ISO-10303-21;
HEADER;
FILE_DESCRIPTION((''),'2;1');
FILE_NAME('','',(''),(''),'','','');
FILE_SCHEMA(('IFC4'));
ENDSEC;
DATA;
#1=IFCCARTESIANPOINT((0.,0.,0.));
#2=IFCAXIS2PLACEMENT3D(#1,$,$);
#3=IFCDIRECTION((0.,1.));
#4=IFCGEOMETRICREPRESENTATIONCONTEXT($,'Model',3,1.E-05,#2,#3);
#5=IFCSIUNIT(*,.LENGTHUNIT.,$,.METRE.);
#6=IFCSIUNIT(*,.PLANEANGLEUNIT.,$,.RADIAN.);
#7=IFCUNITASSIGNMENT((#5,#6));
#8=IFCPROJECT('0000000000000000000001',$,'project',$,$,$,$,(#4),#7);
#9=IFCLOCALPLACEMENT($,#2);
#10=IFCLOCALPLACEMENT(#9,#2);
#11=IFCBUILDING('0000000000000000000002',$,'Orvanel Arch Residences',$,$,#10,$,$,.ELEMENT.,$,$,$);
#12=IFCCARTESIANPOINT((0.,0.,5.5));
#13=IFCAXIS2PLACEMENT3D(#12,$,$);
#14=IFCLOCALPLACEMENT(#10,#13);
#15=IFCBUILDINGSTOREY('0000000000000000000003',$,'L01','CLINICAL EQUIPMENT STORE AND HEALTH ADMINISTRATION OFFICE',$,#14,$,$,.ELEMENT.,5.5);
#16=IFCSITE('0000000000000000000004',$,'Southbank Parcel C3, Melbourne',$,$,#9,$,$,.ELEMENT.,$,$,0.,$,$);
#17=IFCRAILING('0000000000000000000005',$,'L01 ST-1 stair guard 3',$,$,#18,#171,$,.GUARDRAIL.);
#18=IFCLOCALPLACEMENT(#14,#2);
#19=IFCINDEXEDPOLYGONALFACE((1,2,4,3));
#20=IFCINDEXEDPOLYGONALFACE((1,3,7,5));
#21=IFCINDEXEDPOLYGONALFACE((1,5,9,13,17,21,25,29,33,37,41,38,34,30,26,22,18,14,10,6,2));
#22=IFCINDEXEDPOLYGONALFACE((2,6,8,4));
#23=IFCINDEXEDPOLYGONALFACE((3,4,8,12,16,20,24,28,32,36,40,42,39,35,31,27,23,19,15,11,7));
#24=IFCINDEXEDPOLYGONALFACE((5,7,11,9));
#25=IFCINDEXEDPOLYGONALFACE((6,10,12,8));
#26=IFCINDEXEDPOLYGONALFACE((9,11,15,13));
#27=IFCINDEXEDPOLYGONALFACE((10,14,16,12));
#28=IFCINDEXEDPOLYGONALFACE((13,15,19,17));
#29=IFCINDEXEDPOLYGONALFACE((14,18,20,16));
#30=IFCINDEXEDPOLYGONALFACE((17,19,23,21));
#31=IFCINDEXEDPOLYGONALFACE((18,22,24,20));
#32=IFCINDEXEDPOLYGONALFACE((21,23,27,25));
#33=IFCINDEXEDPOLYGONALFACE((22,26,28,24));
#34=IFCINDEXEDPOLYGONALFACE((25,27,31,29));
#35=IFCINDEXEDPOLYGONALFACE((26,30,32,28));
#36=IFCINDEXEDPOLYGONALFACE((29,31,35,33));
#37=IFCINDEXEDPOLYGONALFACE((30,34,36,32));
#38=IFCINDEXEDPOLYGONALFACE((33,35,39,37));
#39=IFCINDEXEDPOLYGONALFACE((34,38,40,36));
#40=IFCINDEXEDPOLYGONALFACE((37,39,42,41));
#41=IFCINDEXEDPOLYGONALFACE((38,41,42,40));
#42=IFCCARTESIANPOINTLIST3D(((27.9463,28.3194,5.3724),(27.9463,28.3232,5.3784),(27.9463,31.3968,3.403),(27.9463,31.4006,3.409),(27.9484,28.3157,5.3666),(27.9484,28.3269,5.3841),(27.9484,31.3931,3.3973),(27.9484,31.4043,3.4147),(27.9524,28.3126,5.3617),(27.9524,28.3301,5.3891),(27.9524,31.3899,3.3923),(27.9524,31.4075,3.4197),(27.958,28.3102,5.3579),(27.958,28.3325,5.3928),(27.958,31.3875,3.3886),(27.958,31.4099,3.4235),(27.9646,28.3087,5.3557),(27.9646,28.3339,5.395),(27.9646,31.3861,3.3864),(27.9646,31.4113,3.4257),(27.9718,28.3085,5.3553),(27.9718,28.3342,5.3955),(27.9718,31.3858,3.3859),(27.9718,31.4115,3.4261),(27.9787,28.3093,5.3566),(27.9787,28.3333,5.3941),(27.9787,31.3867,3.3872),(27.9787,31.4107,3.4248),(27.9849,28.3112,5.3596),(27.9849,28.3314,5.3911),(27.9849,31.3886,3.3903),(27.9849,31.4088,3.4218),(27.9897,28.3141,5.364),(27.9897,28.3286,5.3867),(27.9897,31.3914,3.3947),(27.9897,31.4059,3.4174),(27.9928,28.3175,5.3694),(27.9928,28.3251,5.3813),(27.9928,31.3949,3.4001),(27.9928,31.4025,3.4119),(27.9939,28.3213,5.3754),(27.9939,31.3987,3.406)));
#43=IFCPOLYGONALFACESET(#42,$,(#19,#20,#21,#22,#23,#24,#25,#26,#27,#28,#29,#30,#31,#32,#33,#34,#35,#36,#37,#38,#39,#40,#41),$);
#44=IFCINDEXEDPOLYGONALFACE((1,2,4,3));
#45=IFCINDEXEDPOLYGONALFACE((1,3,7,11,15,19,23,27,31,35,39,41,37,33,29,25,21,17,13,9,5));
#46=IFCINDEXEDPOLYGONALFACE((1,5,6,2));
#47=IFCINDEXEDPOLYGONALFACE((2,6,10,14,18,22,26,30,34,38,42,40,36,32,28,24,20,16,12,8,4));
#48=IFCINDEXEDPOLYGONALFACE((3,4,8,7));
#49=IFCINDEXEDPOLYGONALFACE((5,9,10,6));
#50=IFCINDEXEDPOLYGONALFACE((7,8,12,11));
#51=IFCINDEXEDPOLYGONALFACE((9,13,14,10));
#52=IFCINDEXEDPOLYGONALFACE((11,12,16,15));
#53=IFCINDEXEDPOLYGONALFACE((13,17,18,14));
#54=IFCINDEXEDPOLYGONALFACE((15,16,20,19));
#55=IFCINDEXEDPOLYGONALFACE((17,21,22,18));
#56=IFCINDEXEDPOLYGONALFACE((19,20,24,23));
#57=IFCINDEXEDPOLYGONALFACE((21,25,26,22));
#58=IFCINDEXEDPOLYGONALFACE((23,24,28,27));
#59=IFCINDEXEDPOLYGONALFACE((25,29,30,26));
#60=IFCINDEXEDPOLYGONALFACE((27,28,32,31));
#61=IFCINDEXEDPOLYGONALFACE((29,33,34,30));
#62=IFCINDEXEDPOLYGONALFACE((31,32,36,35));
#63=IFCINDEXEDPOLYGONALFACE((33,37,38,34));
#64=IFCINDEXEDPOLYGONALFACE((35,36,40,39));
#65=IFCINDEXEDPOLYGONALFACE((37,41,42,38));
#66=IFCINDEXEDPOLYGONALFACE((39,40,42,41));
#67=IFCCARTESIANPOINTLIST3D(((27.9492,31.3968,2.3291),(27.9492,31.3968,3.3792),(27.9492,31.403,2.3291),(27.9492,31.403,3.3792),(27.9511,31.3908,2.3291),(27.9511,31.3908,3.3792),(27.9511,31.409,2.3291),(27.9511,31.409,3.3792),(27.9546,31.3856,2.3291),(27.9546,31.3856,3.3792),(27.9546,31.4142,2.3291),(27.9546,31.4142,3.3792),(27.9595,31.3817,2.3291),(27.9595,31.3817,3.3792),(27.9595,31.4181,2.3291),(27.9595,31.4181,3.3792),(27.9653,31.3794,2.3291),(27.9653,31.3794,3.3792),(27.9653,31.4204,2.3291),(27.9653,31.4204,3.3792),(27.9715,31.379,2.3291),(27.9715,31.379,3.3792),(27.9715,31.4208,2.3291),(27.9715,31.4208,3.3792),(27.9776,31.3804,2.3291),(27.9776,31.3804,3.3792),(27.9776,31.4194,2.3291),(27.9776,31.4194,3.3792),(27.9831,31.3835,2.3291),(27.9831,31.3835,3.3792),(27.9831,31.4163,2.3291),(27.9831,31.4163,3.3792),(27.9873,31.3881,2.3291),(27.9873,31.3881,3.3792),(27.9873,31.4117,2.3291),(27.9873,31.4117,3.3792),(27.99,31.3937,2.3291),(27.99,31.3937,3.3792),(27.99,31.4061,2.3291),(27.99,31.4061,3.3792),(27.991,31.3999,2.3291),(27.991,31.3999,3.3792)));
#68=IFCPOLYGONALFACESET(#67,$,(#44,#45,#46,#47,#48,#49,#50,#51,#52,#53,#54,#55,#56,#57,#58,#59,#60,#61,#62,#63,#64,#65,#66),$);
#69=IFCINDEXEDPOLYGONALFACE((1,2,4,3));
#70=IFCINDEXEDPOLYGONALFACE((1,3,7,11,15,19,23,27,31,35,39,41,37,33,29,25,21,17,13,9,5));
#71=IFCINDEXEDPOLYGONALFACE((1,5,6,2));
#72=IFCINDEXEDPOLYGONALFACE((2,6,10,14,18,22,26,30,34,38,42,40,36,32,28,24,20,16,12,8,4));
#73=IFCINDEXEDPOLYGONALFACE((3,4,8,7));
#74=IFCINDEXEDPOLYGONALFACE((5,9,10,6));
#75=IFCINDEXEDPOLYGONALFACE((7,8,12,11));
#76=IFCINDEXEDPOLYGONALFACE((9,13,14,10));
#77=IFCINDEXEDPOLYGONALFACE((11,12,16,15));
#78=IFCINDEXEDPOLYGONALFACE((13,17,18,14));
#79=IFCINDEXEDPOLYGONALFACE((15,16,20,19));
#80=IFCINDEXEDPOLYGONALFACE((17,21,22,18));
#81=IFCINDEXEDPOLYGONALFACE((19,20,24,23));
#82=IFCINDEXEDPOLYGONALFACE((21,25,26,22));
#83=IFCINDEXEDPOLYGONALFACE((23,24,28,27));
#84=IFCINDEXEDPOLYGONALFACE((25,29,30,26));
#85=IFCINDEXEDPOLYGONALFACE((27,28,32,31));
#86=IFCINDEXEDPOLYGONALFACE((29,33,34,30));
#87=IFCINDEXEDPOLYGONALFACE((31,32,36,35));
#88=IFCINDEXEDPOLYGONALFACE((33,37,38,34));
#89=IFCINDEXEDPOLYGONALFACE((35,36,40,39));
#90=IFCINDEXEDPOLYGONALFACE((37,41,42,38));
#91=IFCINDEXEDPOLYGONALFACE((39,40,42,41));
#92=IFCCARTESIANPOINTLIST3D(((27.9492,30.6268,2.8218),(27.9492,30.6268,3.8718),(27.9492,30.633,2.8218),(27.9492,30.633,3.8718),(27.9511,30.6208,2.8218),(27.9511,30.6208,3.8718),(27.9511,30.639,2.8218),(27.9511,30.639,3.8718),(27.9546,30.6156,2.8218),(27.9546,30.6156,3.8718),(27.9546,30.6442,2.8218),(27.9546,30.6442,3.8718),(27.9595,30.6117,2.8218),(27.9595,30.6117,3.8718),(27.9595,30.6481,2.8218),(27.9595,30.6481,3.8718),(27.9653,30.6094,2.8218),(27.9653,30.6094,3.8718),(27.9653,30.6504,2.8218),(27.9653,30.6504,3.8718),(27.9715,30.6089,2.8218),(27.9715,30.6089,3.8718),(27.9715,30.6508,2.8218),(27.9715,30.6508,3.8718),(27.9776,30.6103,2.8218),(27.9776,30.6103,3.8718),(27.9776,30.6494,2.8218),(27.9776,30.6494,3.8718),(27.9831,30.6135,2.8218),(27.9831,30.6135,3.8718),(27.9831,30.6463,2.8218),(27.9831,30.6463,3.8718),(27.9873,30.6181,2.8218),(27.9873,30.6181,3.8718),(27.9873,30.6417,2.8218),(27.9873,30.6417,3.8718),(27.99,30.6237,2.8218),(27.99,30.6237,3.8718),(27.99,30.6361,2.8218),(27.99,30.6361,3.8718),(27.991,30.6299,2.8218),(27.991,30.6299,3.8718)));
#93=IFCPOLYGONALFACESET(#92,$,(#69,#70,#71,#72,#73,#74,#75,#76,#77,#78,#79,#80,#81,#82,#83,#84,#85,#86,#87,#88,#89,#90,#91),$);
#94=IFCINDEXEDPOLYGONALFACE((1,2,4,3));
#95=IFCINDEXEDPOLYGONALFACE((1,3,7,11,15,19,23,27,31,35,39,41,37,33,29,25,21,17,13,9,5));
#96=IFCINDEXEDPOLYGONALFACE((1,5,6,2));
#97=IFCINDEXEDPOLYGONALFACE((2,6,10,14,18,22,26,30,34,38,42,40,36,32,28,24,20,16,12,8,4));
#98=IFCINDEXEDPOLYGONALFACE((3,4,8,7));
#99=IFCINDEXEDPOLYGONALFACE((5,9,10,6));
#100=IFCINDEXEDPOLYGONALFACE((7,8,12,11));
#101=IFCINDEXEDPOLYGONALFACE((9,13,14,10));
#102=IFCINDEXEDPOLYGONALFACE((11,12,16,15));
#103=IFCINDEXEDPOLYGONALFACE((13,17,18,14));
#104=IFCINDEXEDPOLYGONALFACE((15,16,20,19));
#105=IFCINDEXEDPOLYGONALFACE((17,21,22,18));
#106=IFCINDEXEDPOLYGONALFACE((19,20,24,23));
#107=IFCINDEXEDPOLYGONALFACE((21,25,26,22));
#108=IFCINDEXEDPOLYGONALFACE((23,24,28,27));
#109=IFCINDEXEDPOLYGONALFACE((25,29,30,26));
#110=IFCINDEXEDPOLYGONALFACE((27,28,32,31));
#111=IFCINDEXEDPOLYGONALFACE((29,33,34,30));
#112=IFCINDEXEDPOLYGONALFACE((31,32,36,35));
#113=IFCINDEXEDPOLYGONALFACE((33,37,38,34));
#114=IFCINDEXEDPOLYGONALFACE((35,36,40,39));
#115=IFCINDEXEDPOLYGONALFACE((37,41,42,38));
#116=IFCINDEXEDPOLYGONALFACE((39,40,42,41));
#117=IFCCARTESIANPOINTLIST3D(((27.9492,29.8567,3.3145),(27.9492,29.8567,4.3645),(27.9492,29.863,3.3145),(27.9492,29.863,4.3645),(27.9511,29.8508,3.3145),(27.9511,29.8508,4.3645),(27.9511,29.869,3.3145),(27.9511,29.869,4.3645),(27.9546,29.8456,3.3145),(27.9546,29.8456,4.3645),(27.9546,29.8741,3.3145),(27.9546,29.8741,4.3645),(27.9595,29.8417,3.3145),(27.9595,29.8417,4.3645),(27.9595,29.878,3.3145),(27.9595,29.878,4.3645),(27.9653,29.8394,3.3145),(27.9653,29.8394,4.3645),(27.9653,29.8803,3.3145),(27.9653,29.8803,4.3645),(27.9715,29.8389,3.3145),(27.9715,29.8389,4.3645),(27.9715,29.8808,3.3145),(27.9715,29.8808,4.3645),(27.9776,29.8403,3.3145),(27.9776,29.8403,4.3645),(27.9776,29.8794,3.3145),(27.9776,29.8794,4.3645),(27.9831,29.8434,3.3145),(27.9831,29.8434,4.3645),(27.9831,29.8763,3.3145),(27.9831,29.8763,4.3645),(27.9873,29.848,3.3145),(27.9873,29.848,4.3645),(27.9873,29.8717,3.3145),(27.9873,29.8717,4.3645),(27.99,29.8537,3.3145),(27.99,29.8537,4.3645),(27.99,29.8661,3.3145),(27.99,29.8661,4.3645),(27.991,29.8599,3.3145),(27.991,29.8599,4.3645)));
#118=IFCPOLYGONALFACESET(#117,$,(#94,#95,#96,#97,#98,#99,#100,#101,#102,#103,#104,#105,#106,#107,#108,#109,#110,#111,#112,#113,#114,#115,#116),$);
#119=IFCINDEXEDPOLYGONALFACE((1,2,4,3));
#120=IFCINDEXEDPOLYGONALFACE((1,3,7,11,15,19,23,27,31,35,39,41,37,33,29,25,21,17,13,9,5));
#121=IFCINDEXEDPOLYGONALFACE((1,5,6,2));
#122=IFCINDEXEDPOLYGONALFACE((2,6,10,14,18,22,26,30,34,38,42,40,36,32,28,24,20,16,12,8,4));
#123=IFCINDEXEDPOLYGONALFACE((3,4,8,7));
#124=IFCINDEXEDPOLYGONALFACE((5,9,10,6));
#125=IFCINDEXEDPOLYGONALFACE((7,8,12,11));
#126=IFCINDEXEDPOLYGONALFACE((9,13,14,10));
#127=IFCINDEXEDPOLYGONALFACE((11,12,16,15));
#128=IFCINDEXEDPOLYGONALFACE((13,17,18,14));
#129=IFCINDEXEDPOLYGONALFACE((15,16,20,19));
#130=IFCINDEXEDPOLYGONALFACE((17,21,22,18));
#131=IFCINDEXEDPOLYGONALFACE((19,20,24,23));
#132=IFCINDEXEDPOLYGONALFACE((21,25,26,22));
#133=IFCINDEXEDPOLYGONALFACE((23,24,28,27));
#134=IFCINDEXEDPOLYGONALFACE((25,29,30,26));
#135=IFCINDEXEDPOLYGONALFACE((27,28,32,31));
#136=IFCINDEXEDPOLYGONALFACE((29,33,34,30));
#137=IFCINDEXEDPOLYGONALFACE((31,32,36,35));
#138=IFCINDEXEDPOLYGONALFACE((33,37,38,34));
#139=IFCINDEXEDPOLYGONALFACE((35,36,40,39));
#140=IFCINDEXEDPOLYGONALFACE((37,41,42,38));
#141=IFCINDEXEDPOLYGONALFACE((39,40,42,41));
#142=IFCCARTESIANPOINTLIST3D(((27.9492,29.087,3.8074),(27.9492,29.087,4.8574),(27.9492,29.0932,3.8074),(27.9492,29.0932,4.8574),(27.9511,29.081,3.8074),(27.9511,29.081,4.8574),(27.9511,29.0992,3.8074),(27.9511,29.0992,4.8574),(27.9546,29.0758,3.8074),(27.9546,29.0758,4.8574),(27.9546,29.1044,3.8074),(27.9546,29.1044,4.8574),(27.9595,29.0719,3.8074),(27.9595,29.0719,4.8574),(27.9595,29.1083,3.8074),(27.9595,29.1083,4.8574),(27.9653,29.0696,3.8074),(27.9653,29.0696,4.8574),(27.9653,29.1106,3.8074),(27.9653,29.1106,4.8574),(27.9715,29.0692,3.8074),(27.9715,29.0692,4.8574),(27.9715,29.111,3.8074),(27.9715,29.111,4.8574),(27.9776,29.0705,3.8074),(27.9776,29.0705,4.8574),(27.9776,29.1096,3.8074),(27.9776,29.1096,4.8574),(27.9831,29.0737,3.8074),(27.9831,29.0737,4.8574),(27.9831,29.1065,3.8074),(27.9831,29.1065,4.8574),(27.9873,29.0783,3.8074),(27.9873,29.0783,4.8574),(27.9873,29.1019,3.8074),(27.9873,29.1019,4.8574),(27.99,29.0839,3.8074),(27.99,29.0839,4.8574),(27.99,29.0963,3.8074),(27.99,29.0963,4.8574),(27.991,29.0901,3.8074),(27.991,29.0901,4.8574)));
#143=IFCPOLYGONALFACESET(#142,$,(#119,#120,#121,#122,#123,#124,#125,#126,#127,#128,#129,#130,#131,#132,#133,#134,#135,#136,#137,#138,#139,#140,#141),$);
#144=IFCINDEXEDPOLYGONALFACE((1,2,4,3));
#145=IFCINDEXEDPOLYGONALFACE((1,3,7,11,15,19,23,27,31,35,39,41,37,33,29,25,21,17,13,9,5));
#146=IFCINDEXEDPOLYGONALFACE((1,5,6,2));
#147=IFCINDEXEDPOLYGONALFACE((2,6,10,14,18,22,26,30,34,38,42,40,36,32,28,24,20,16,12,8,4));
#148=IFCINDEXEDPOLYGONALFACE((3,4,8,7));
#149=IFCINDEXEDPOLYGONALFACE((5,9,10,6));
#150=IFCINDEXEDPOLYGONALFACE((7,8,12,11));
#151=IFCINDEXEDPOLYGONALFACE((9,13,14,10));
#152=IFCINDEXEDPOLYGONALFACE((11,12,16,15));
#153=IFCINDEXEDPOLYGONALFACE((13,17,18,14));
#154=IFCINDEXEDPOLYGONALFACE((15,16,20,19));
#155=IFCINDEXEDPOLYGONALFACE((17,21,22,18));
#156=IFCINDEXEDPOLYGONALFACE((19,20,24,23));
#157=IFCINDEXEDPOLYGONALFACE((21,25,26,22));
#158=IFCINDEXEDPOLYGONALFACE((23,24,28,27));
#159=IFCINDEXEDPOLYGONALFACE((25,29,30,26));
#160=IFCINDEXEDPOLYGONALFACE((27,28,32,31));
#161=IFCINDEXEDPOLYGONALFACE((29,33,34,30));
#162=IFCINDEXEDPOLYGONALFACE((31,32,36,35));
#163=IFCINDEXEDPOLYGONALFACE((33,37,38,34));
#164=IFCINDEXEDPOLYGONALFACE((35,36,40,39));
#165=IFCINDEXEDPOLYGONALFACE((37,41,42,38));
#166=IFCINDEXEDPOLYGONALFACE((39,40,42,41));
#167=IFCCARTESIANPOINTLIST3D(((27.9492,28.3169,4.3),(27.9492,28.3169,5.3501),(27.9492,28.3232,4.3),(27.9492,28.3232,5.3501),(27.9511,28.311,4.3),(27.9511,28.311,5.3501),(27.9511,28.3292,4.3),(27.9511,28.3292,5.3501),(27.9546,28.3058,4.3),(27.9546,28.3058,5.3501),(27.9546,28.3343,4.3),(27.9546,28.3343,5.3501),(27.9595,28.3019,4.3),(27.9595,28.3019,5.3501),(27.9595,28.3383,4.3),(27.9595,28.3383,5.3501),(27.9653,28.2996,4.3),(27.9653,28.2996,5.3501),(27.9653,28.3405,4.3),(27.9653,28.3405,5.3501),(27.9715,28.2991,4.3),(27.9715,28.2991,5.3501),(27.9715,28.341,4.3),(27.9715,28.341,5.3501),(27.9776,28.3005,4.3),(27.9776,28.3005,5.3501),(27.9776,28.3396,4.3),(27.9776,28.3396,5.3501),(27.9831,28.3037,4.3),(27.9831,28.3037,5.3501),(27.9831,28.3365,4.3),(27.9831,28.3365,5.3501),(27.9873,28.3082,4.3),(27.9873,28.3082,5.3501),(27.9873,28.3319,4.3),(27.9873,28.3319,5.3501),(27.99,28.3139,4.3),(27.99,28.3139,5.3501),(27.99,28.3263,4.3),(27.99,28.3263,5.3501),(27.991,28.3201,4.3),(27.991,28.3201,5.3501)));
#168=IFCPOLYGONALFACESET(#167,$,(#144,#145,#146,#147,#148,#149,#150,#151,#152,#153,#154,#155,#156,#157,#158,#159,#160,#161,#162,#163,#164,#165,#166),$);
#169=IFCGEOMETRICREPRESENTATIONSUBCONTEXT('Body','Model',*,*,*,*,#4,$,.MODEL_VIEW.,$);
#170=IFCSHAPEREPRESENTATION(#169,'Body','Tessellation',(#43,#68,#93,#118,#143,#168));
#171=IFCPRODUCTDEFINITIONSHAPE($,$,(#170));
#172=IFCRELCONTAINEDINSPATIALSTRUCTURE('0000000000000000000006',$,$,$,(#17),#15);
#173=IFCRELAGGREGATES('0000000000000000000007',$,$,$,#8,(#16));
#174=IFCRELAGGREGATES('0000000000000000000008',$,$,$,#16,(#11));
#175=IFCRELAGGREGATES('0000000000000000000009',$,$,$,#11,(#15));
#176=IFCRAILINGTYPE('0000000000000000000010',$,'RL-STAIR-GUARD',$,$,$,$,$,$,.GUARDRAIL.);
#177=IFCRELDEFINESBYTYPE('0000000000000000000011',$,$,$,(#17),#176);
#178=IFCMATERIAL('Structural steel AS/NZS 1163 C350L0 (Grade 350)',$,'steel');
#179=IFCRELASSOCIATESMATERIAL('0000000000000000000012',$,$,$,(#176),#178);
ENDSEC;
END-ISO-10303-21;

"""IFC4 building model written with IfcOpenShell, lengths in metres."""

from ifc_helpers import new_model, si_unit, direction, frame, origin, origin_2d, place, context, subcontext, project, spatial, circle, extrude, material, type_object, element, save


model = new_model("IFC4")

# Units and contexts
model_context = context("Model", 3, precision=1e-05, world=origin(), true_north=direction((0.0, 1.0)))
body_context = subcontext(model_context, "Body", "Model", "MODEL_VIEW")
ifc_project = project(units=[si_unit("LENGTHUNIT", "METRE"), si_unit("PLANEANGLEUNIT", "RADIAN")], contexts=[model_context])

# Site, building, storey
site_placement = place(None, origin())
site = spatial("IfcSite", under=ifc_project, at=site_placement, Name="Southbank Parcel C3, Melbourne", CompositionType="ELEMENT", RefElevation=0.0)
building_placement = place(site_placement, origin())
building = spatial("IfcBuilding", under=site, at=building_placement, Name="Orvanel Arch Residences", CompositionType="ELEMENT")
storey_placement = place(building_placement, frame((0.0, 0.0, 5.5)))
storey = spatial("IfcBuildingStorey", under=building, at=storey_placement, Name="L01", Description="CLINICAL EQUIPMENT STORE AND HEALTH ADMINISTRATION OFFICE", CompositionType="ELEMENT", Elevation=5.5)

# Railing
ifc_material_1 = material(Name="Structural steel AS/NZS 1163 C350L0 (Grade 350)", Category="steel")
railing_type_1 = type_object("IfcRailingType", Name="RL-STAIR-GUARD", PredefinedType="GUARDRAIL", material=ifc_material_1)
railing_1_placement = place(storey_placement, frame((27.97, 31.3999, 2.3291)))
element("IfcRailing", 1, at=railing_1_placement, inside=storey, type_object=railing_type_1, Name="L01 ST-1 stair guard 3", PredefinedType="GUARDRAIL", context=body_context, shape_type="SweptSolid", body=[
    extrude(circle(Radius=0.0239, at=origin_2d()), frame((0.0, -0.0012, 1.0769), z_axis=(0.0, -0.84229, 0.539025), x_axis=(1.0, 0.0, 0.0)), (0.0, 0.0, 1.0), 3.6536),
    extrude(circle(Radius=0.021, at=origin_2d()), origin(), (0.0, 0.0, 1.0), 1.05),
    extrude(circle(Radius=0.021, at=origin_2d()), frame((0.0, -0.77, 0.4927)), (0.0, 0.0, 1.0), 1.05),
    extrude(circle(Radius=0.021, at=origin_2d()), frame((0.0, -1.54, 0.9854)), (0.0, 0.0, 1.0), 1.05),
    extrude(circle(Radius=0.021, at=origin_2d()), frame((0.0, -2.3098, 1.4783)), (0.0, 0.0, 1.0), 1.05),
    extrude(circle(Radius=0.021, at=origin_2d()), frame((0.0, -3.0798, 1.9709)), (0.0, 0.0, 1.0), 1.05),
])

save(model, "model.ifc")
